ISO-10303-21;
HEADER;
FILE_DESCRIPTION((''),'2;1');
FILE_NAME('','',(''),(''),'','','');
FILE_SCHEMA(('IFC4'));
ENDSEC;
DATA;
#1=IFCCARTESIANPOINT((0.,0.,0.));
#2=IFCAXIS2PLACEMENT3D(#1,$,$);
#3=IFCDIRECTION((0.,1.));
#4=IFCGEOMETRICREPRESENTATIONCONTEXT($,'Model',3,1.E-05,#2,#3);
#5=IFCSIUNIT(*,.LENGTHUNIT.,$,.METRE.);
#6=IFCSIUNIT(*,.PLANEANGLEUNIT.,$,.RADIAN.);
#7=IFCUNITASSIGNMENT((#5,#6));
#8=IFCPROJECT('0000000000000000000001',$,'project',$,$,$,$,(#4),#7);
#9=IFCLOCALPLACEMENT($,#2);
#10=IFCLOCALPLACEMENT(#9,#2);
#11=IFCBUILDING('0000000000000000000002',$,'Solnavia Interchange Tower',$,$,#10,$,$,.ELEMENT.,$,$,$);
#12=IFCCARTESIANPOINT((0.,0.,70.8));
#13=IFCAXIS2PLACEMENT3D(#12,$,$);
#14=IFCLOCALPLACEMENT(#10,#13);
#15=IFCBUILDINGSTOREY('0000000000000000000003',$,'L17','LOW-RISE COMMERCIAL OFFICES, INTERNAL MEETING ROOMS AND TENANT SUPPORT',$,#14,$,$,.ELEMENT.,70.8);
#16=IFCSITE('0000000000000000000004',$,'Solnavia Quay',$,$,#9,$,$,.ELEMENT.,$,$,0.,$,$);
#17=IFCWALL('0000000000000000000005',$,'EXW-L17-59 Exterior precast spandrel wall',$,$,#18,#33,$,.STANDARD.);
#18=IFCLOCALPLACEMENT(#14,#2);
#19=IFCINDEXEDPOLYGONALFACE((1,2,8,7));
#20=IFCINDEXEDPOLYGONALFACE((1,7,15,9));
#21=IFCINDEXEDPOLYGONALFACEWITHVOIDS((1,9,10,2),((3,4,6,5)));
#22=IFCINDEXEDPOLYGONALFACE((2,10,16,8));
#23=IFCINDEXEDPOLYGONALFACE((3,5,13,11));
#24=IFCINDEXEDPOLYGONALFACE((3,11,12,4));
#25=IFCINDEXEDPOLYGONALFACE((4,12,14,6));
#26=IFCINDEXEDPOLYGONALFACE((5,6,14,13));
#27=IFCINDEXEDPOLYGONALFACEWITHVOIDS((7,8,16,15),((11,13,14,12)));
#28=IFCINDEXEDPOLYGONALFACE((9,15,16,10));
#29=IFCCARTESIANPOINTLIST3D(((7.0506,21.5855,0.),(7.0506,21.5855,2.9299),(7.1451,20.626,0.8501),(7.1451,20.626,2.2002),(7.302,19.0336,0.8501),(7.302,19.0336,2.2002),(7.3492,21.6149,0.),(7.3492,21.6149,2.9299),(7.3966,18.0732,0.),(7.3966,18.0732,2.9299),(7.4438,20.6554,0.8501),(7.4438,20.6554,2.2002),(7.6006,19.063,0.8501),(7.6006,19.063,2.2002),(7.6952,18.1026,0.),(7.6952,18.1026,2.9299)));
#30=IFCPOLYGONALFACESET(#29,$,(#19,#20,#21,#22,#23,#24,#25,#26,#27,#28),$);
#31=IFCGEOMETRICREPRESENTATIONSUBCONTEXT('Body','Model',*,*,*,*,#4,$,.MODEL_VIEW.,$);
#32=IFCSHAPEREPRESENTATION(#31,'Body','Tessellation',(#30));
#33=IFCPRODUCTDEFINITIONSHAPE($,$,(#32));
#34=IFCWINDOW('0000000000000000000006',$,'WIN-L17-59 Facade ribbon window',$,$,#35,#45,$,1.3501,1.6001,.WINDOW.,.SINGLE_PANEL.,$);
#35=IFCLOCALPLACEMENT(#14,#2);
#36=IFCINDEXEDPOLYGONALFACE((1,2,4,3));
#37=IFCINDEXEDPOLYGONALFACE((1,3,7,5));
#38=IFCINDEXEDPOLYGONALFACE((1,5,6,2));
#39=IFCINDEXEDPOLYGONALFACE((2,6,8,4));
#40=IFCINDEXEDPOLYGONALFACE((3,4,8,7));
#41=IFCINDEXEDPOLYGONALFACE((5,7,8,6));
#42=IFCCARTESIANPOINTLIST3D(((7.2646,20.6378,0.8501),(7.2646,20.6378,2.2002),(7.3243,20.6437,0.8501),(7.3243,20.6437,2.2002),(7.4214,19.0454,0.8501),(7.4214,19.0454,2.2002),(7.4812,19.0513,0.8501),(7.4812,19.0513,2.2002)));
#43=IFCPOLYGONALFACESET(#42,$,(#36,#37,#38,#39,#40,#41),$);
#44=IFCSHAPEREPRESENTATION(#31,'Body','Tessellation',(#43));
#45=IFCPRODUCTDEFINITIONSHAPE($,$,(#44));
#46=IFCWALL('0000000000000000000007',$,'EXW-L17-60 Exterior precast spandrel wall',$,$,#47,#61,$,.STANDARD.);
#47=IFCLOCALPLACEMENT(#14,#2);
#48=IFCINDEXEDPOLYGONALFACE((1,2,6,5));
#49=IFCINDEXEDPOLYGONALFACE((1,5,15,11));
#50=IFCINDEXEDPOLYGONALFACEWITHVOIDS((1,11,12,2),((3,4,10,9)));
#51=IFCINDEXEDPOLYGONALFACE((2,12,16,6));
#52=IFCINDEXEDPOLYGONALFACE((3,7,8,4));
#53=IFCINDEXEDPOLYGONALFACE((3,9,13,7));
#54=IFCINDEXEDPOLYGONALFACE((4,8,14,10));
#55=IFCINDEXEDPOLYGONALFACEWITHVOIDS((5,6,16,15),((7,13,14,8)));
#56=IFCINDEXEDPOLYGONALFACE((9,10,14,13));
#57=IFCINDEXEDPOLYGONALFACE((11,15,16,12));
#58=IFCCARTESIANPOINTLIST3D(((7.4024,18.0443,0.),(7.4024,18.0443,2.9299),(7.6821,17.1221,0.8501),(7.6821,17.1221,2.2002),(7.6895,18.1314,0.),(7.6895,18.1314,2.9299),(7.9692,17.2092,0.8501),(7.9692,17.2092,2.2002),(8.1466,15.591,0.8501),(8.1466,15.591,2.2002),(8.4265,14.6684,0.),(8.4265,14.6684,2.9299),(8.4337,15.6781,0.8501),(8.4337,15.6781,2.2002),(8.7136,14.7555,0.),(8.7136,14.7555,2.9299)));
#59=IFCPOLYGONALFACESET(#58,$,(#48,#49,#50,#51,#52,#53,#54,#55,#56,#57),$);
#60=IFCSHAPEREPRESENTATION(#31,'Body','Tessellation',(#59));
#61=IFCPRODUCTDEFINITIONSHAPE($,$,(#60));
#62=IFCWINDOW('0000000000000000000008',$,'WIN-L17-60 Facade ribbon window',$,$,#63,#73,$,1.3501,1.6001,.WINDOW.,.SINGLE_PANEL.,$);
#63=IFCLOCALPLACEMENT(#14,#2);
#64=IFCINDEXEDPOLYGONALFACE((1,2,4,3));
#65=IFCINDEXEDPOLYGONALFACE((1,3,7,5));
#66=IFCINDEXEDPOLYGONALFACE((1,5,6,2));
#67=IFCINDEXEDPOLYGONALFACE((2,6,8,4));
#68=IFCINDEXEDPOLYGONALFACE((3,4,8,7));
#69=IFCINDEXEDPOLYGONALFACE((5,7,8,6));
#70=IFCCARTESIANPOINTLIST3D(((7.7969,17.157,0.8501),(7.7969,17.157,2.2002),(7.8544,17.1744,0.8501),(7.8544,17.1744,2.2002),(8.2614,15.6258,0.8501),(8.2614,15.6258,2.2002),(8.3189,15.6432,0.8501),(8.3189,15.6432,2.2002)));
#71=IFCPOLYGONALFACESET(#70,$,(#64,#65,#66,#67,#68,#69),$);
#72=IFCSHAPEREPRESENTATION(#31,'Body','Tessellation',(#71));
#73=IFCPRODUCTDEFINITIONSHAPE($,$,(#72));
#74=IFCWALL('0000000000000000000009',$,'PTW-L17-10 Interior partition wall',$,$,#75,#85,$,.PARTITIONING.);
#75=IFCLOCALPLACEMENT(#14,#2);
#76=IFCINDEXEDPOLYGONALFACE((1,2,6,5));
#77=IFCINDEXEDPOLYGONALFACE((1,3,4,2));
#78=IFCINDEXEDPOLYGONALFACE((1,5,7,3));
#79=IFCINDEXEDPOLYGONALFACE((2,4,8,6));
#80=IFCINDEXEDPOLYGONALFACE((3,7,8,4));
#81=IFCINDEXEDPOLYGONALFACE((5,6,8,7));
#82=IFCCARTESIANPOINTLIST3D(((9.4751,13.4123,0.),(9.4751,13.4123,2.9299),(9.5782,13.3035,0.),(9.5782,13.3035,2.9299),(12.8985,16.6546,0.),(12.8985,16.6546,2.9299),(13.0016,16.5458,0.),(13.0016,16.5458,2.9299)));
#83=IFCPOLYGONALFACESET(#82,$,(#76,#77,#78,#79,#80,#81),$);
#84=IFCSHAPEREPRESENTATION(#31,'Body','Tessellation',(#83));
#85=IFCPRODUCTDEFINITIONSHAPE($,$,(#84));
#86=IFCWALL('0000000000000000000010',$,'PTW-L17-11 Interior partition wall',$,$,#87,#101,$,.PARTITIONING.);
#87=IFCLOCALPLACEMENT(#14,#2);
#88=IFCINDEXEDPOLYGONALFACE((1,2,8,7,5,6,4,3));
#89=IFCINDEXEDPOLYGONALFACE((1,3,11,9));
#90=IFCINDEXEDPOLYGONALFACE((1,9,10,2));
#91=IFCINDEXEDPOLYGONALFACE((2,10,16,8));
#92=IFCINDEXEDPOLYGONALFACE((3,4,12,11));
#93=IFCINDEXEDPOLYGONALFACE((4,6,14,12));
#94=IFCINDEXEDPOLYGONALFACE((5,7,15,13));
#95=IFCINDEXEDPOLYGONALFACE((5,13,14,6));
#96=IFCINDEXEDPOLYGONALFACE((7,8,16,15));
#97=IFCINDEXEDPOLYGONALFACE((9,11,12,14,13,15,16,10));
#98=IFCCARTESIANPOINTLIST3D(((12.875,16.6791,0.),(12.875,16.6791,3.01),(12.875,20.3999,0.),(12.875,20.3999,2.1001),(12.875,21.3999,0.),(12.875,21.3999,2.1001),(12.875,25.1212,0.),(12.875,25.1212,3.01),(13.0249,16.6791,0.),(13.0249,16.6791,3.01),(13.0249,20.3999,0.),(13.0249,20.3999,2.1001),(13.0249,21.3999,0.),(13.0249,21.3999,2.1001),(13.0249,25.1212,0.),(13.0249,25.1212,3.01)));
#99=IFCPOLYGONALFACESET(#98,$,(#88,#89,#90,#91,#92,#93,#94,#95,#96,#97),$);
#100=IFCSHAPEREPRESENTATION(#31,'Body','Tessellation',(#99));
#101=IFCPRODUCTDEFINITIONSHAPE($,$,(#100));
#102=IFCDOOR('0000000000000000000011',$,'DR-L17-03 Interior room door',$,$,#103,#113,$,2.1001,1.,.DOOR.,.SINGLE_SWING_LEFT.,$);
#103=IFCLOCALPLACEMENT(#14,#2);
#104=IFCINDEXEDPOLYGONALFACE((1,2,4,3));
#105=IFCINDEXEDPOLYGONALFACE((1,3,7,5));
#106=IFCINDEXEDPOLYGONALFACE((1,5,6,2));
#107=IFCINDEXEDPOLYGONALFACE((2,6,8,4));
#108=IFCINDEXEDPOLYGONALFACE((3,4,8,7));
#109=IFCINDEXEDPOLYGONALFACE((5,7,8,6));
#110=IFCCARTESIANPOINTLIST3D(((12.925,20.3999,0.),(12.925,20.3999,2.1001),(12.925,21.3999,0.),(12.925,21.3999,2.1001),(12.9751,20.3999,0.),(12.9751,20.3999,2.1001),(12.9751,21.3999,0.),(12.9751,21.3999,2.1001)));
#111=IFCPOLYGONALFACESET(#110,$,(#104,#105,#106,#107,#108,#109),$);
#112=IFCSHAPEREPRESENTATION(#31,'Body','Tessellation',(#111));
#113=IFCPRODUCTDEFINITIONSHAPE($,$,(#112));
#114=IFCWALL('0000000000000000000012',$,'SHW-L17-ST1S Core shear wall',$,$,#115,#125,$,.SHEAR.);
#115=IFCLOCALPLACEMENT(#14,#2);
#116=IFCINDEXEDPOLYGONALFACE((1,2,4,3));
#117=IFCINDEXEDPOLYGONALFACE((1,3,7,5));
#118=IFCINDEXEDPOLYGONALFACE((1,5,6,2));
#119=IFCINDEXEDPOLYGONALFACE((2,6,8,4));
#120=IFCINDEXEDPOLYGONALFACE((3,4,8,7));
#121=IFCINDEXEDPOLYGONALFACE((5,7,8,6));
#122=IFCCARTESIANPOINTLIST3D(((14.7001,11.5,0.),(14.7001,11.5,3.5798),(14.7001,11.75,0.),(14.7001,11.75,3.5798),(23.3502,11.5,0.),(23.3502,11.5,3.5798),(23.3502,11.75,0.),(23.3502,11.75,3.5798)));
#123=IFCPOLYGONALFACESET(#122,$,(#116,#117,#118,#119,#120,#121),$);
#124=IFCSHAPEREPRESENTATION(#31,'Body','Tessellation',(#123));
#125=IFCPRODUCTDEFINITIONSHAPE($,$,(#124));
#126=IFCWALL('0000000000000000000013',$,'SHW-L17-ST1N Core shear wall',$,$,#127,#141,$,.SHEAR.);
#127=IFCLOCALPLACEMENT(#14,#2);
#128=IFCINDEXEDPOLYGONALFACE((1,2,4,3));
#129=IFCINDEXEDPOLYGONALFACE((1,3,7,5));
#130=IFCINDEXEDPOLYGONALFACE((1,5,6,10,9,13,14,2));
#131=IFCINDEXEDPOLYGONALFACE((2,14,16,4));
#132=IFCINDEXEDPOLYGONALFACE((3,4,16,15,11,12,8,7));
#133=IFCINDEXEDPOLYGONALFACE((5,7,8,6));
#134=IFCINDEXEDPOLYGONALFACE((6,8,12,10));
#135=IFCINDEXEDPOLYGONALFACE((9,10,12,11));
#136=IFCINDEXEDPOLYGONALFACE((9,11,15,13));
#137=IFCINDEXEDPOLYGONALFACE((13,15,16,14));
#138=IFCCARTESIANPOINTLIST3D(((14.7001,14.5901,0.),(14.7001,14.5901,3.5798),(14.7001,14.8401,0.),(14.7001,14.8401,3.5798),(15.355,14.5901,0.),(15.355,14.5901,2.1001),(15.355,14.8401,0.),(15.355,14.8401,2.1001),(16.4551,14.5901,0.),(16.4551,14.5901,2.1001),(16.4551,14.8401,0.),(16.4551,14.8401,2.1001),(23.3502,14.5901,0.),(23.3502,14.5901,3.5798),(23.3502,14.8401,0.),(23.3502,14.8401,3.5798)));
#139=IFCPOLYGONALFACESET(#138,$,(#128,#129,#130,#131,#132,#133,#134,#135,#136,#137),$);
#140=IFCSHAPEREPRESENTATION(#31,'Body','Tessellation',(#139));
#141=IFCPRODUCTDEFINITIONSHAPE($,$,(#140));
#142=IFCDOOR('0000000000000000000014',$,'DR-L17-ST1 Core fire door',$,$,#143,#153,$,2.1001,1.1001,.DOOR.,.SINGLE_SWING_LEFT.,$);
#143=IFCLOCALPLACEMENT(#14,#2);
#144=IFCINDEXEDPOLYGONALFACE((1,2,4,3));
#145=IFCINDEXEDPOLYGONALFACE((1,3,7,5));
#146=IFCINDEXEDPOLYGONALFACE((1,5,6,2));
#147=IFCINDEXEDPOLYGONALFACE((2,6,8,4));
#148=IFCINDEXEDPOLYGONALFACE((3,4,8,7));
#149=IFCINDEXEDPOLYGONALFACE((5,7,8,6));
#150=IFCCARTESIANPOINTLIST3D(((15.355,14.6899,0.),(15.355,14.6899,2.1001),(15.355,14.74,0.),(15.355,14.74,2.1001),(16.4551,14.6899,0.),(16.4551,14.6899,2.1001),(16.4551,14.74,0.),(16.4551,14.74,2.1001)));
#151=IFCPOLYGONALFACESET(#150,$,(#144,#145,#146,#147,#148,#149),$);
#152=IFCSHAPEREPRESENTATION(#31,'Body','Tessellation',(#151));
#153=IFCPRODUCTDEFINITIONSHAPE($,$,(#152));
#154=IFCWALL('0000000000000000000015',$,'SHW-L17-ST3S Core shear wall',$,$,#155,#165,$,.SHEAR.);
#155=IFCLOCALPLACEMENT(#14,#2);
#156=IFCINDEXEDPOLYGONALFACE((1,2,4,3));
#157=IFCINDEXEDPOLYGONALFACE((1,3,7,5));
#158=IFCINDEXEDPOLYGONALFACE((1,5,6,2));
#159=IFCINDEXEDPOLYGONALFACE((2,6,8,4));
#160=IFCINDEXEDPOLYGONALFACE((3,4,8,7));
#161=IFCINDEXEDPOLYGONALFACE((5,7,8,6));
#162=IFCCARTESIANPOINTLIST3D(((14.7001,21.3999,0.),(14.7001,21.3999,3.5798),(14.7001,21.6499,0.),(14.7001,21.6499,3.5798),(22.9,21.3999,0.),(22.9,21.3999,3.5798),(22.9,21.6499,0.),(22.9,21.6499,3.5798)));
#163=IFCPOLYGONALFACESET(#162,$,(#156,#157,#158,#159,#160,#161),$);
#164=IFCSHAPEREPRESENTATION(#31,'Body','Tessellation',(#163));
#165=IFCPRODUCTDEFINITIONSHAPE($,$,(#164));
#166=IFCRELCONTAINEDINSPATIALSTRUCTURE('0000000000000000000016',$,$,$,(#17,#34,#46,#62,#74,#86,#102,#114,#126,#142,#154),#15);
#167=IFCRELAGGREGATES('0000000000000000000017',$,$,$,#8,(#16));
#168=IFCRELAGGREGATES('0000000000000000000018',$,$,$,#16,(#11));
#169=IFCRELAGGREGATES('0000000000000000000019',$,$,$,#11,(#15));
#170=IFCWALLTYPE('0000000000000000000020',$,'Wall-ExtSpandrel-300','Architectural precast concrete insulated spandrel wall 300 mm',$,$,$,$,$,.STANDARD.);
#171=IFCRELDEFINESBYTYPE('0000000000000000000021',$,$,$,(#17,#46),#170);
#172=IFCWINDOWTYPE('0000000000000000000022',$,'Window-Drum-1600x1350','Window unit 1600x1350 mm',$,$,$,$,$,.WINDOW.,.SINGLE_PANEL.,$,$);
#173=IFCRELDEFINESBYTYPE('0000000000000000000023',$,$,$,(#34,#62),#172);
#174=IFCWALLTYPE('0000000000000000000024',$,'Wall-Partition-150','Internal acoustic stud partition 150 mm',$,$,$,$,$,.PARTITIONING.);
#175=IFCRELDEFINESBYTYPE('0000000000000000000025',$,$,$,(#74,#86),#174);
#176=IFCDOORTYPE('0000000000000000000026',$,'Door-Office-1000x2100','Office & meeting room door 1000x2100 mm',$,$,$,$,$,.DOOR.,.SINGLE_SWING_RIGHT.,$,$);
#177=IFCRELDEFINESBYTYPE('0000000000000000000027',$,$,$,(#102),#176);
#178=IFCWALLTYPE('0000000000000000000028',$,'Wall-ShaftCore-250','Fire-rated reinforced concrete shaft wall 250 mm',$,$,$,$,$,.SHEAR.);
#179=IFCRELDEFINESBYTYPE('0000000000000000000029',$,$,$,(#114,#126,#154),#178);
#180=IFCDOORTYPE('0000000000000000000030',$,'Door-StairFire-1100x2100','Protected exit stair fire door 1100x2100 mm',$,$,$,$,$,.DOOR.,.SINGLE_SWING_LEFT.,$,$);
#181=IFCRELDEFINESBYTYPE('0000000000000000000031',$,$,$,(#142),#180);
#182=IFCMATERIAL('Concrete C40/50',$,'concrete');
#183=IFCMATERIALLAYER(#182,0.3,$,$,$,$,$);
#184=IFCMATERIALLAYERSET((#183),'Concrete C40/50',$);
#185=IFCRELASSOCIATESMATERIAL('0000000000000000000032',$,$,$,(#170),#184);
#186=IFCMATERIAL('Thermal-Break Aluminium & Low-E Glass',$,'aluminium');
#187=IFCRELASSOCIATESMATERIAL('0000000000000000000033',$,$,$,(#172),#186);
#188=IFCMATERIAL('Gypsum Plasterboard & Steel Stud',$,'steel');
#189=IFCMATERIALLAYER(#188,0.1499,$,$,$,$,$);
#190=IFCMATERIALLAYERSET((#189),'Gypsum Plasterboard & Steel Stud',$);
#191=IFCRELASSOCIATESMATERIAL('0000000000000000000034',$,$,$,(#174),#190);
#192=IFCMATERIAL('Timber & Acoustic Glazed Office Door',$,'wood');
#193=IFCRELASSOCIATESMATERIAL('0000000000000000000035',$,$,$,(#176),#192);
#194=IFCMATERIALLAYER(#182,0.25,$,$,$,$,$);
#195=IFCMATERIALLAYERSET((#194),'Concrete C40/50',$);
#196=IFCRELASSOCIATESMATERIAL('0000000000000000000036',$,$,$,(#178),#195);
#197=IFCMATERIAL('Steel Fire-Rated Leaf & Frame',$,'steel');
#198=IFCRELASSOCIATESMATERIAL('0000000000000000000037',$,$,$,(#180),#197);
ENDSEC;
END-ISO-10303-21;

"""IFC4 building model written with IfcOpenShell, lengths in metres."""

from ifc_helpers import new_model, si_unit, direction, frame, frame_2d, origin, place, context, subcontext, project, spatial, rectangle, extrude, material, layer, layer_set, type_object, element, fill, save


model = new_model("IFC4")

# Units and contexts
model_context = context("Model", 3, precision=1e-05, world=origin(), true_north=direction((0.0, 1.0)))
body_context = subcontext(model_context, "Body", "Model", "MODEL_VIEW")
ifc_project = project(units=[si_unit("LENGTHUNIT", "METRE"), si_unit("PLANEANGLEUNIT", "RADIAN")], contexts=[model_context])

# Site, building, storey
site_placement = place(None, origin())
site = spatial("IfcSite", under=ifc_project, at=site_placement, Name="Solnavia Quay", CompositionType="ELEMENT", RefElevation=0.0)
building_placement = place(site_placement, origin())
building = spatial("IfcBuilding", under=site, at=building_placement, Name="Solnavia Interchange Tower", CompositionType="ELEMENT")
storey_placement = place(building_placement, frame((0.0, 0.0, 70.8)))
storey = spatial("IfcBuildingStorey", under=building, at=storey_placement, Name="L17", Description="LOW-RISE COMMERCIAL OFFICES, INTERNAL MEETING ROOMS AND TENANT SUPPORT", CompositionType="ELEMENT", Elevation=70.8)

# Walls, openings, windows
ifc_material_1 = material(Name="Concrete C40/50", Category="concrete")
ifc_layer_1 = layer(ifc_material_1, 0.3)
ifc_layer_set_1 = layer_set([ifc_layer_1], Name="Concrete C40/50")
wall_type_1 = type_object("IfcWallType", Name="Wall-ExtSpandrel-300", Description="Architectural precast concrete insulated spandrel wall 300 mm", PredefinedType="STANDARD", material=ifc_layer_set_1)
ifc_material_2 = material(Name="Thermal-Break Aluminium & Low-E Glass", Category="aluminium")
wall_1_placement = place(storey_placement, frame((7.5459, 18.0879, 0.0), z_axis=(0.0, 0.0, 1.0), x_axis=(-0.098024, 0.995184, 0.0)))
wall_1 = element("IfcWall", 1, at=wall_1_placement, inside=storey, type_object=wall_type_1, Name="EXW-L17-59 Exterior precast spandrel wall", PredefinedType="STANDARD", context=body_context, shape_type="SweptSolid", body=[
    extrude(rectangle(XDim=3.5293, YDim=0.3, at=frame_2d((1.7646, 0.0))), origin(), (0.0, 0.0, 1.0), 2.9299),
])
opening_1_placement = place(wall_1_placement, frame((0.9651, 0.0, 0.8501)))
opening_1 = element("IfcOpeningElement", 2, at=opening_1_placement, cuts=wall_1, PredefinedType="OPENING", context=body_context, shape_type="SweptSolid", body=[
    extrude(rectangle(XDim=1.6001, YDim=1.3501, at=frame_2d((0.8, 0.675))), frame((0.0, 0.1602, 0.0), z_axis=(0.0, -1.0, 0.0), x_axis=(1.0, 0.0, 0.0)), (0.0, 0.0, 1.0), 0.3201),
])
window_type_1 = type_object("IfcWindowType", Name="Window-Drum-1600x1350", Description="Window unit 1600x1350 mm", PartitioningType="SINGLE_PANEL", PredefinedType="WINDOW", material=ifc_material_2)
window_1_placement = place(opening_1_placement, origin())
window_1 = element("IfcWindow", 3, at=window_1_placement, inside=storey, type_object=window_type_1, Name="WIN-L17-59 Facade ribbon window", OverallHeight=1.3501, OverallWidth=1.6001, PartitioningType="SINGLE_PANEL", PredefinedType="WINDOW", context=body_context, shape_type="SweptSolid", body=[
    extrude(rectangle(XDim=1.6001, YDim=1.3501, at=frame_2d((0.8, 0.675))), frame((0.0, 0.03, 0.0), z_axis=(0.0, -1.0, 0.0), x_axis=(1.0, 0.0, 0.0)), (0.0, 0.0, 1.0), 0.0601),
])
fill(opening_1, window_1)
wall_2_placement = place(storey_placement, frame((8.5701, 14.7119, 0.0), z_axis=(0.0, 0.0, 1.0), x_axis=(-0.290305, 0.956934, 0.0)))
wall_2 = element("IfcWall", 4, at=wall_2_placement, inside=storey, type_object=wall_type_1, Name="EXW-L17-60 Exterior precast spandrel wall", PredefinedType="STANDARD", context=body_context, shape_type="SweptSolid", body=[
    extrude(rectangle(XDim=3.5278, YDim=0.3, at=frame_2d((1.7639, 0.0))), origin(), (0.0, 0.0, 1.0), 2.9299),
])
opening_2_placement = place(wall_2_placement, frame((0.9641, 0.0, 0.8501)))
opening_2 = element("IfcOpeningElement", 5, at=opening_2_placement, cuts=wall_2, PredefinedType="OPENING", context=body_context, shape_type="SweptSolid", body=[
    extrude(rectangle(XDim=1.6001, YDim=1.3501, at=frame_2d((0.8, 0.675))), frame((0.0, 0.1602, 0.0), z_axis=(0.0, -1.0, 0.0), x_axis=(1.0, 0.0, 0.0)), (0.0, 0.0, 1.0), 0.3201),
])
window_2_placement = place(opening_2_placement, origin())
window_2 = element("IfcWindow", 6, at=window_2_placement, inside=storey, type_object=window_type_1, Name="WIN-L17-60 Facade ribbon window", OverallHeight=1.3501, OverallWidth=1.6001, PartitioningType="SINGLE_PANEL", PredefinedType="WINDOW", context=body_context, shape_type="SweptSolid", body=[
    extrude(rectangle(XDim=1.6001, YDim=1.3501, at=frame_2d((0.8, 0.675))), frame((0.0, 0.03, 0.0), z_axis=(0.0, -1.0, 0.0), x_axis=(1.0, 0.0, 0.0)), (0.0, 0.0, 1.0), 0.0601),
])
fill(opening_2, window_2)

# Wall
ifc_material_3 = material(Name="Gypsum Plasterboard & Steel Stud", Category="steel")
ifc_layer_2 = layer(ifc_material_3, 0.1499)
ifc_layer_set_2 = layer_set([ifc_layer_2], Name="Gypsum Plasterboard & Steel Stud")
wall_type_2 = type_object("IfcWallType", Name="Wall-Partition-150", Description="Internal acoustic stud partition 150 mm", PredefinedType="PARTITIONING", material=ifc_layer_set_2)
wall_3_placement = place(storey_placement, frame((12.95, 16.6001, 0.0), z_axis=(0.0, 0.0, 1.0), x_axis=(-0.726056, -0.687635, 0.0)))
element("IfcWall", 7, at=wall_3_placement, inside=storey, type_object=wall_type_2, Name="PTW-L17-10 Interior partition wall", PredefinedType="PARTITIONING", context=body_context, shape_type="SweptSolid", body=[
    extrude(rectangle(XDim=4.7151, YDim=0.1499, at=frame_2d((2.3574, 0.0))), origin(), (0.0, 0.0, 1.0), 2.9299),
])

# Wall, opening, door
wall_4_placement = place(storey_placement, frame((12.95, 16.679, 0.0), z_axis=(0.0, 0.0, 1.0), x_axis=(0.0, 1.0, 0.0)))
wall_4 = element("IfcWall", 8, at=wall_4_placement, inside=storey, type_object=wall_type_2, Name="PTW-L17-11 Interior partition wall", PredefinedType="PARTITIONING", context=body_context, shape_type="SweptSolid", body=[
    extrude(rectangle(XDim=8.4421, YDim=0.1499, at=frame_2d((4.2212, 0.0))), origin(), (0.0, 0.0, 1.0), 3.01),
])
opening_3_placement = place(wall_4_placement, frame((3.7209, 0.0, 0.0)))
opening_3 = element("IfcOpeningElement", 9, at=opening_3_placement, cuts=wall_4, PredefinedType="OPENING", context=body_context, shape_type="SweptSolid", body=[
    extrude(rectangle(XDim=1.0, YDim=2.1001, at=frame_2d((0.5, 1.05))), frame((0.0, 0.085, 0.0), z_axis=(0.0, -1.0, 0.0), x_axis=(1.0, 0.0, 0.0)), (0.0, 0.0, 1.0), 0.1699),
])
ifc_material_4 = material(Name="Timber & Acoustic Glazed Office Door", Category="wood")
door_type_1 = type_object("IfcDoorType", Name="Door-Office-1000x2100", Description="Office & meeting room door 1000x2100 mm", OperationType="SINGLE_SWING_RIGHT", PredefinedType="DOOR", material=ifc_material_4)
door_1_placement = place(opening_3_placement, origin())
door_1 = element("IfcDoor", 10, at=door_1_placement, inside=storey, type_object=door_type_1, Name="DR-L17-03 Interior room door", OperationType="SINGLE_SWING_LEFT", OverallHeight=2.1001, OverallWidth=1.0, PredefinedType="DOOR", context=body_context, shape_type="SweptSolid", body=[
    extrude(rectangle(XDim=1.0, YDim=2.1001, at=frame_2d((0.5, 1.05))), frame((0.0, 0.0249, 0.0), z_axis=(0.0, -1.0, 0.0), x_axis=(1.0, 0.0, 0.0)), (0.0, 0.0, 1.0), 0.05),
])
fill(opening_3, door_1)

# Wall
ifc_layer_3 = layer(ifc_material_1, 0.25)
ifc_layer_set_3 = layer_set([ifc_layer_3], Name="Concrete C40/50")
wall_type_3 = type_object("IfcWallType", Name="Wall-ShaftCore-250", Description="Fire-rated reinforced concrete shaft wall 250 mm", PredefinedType="SHEAR", material=ifc_layer_set_3)
wall_5_placement = place(storey_placement, frame((14.7, 11.625, 0.0), z_axis=(0.0, 0.0, 1.0), x_axis=(1.0, 0.0, 0.0)))
element("IfcWall", 11, at=wall_5_placement, inside=storey, type_object=wall_type_3, Name="SHW-L17-ST1S Core shear wall", PredefinedType="SHEAR", context=body_context, shape_type="SweptSolid", body=[
    extrude(rectangle(XDim=8.6501, YDim=0.25, at=frame_2d((4.3252, 0.0))), origin(), (0.0, 0.0, 1.0), 3.5798),
])

# Wall, opening, door
wall_6_placement = place(storey_placement, frame((14.7, 14.7151, 0.0), z_axis=(0.0, 0.0, 1.0), x_axis=(1.0, 0.0, 0.0)))
wall_6 = element("IfcWall", 12, at=wall_6_placement, inside=storey, type_object=wall_type_3, Name="SHW-L17-ST1N Core shear wall", PredefinedType="SHEAR", context=body_context, shape_type="SweptSolid", body=[
    extrude(rectangle(XDim=8.6501, YDim=0.25, at=frame_2d((4.3252, 0.0))), origin(), (0.0, 0.0, 1.0), 3.5798),
])
opening_4_placement = place(wall_6_placement, frame((0.655, 0.0, 0.0)))
opening_4 = element("IfcOpeningElement", 13, at=opening_4_placement, cuts=wall_6, PredefinedType="OPENING", context=body_context, shape_type="SweptSolid", body=[
    extrude(rectangle(XDim=1.1001, YDim=2.1001, at=frame_2d((0.55, 1.05))), frame((0.0, 0.135, 0.0), z_axis=(0.0, -1.0, 0.0), x_axis=(1.0, 0.0, 0.0)), (0.0, 0.0, 1.0), 0.27),
])
ifc_material_5 = material(Name="Steel Fire-Rated Leaf & Frame", Category="steel")
door_type_2 = type_object("IfcDoorType", Name="Door-StairFire-1100x2100", Description="Protected exit stair fire door 1100x2100 mm", OperationType="SINGLE_SWING_LEFT", PredefinedType="DOOR", material=ifc_material_5)
door_2_placement = place(opening_4_placement, origin())
door_2 = element("IfcDoor", 14, at=door_2_placement, inside=storey, type_object=door_type_2, Name="DR-L17-ST1 Core fire door", OperationType="SINGLE_SWING_LEFT", OverallHeight=2.1001, OverallWidth=1.1001, PredefinedType="DOOR", context=body_context, shape_type="SweptSolid", body=[
    extrude(rectangle(XDim=1.1001, YDim=2.1001, at=frame_2d((0.55, 1.05))), frame((0.0, 0.0249, 0.0), z_axis=(0.0, -1.0, 0.0), x_axis=(1.0, 0.0, 0.0)), (0.0, 0.0, 1.0), 0.05),
])
fill(opening_4, door_2)

# Wall
for number, where, z_axis, x_axis, name in (
    (15, (14.7, 21.5249, 0.0), (0.0, 0.0, 1.0), (1.0, 0.0, 0.0), "SHW-L17-ST3S Core shear wall"),
):
    element("IfcWall", number, at=place(storey_placement, frame(where, z_axis=z_axis, x_axis=x_axis)), inside=storey, type_object=wall_type_3, Name=name, PredefinedType="SHEAR", context=body_context, shape_type="SweptSolid", body=[
        extrude(rectangle(XDim=8.2, YDim=0.25, at=frame_2d((4.1001, 0.0))), origin(), (0.0, 0.0, 1.0), 3.5798),
    ])

save(model, "model.ifc")
